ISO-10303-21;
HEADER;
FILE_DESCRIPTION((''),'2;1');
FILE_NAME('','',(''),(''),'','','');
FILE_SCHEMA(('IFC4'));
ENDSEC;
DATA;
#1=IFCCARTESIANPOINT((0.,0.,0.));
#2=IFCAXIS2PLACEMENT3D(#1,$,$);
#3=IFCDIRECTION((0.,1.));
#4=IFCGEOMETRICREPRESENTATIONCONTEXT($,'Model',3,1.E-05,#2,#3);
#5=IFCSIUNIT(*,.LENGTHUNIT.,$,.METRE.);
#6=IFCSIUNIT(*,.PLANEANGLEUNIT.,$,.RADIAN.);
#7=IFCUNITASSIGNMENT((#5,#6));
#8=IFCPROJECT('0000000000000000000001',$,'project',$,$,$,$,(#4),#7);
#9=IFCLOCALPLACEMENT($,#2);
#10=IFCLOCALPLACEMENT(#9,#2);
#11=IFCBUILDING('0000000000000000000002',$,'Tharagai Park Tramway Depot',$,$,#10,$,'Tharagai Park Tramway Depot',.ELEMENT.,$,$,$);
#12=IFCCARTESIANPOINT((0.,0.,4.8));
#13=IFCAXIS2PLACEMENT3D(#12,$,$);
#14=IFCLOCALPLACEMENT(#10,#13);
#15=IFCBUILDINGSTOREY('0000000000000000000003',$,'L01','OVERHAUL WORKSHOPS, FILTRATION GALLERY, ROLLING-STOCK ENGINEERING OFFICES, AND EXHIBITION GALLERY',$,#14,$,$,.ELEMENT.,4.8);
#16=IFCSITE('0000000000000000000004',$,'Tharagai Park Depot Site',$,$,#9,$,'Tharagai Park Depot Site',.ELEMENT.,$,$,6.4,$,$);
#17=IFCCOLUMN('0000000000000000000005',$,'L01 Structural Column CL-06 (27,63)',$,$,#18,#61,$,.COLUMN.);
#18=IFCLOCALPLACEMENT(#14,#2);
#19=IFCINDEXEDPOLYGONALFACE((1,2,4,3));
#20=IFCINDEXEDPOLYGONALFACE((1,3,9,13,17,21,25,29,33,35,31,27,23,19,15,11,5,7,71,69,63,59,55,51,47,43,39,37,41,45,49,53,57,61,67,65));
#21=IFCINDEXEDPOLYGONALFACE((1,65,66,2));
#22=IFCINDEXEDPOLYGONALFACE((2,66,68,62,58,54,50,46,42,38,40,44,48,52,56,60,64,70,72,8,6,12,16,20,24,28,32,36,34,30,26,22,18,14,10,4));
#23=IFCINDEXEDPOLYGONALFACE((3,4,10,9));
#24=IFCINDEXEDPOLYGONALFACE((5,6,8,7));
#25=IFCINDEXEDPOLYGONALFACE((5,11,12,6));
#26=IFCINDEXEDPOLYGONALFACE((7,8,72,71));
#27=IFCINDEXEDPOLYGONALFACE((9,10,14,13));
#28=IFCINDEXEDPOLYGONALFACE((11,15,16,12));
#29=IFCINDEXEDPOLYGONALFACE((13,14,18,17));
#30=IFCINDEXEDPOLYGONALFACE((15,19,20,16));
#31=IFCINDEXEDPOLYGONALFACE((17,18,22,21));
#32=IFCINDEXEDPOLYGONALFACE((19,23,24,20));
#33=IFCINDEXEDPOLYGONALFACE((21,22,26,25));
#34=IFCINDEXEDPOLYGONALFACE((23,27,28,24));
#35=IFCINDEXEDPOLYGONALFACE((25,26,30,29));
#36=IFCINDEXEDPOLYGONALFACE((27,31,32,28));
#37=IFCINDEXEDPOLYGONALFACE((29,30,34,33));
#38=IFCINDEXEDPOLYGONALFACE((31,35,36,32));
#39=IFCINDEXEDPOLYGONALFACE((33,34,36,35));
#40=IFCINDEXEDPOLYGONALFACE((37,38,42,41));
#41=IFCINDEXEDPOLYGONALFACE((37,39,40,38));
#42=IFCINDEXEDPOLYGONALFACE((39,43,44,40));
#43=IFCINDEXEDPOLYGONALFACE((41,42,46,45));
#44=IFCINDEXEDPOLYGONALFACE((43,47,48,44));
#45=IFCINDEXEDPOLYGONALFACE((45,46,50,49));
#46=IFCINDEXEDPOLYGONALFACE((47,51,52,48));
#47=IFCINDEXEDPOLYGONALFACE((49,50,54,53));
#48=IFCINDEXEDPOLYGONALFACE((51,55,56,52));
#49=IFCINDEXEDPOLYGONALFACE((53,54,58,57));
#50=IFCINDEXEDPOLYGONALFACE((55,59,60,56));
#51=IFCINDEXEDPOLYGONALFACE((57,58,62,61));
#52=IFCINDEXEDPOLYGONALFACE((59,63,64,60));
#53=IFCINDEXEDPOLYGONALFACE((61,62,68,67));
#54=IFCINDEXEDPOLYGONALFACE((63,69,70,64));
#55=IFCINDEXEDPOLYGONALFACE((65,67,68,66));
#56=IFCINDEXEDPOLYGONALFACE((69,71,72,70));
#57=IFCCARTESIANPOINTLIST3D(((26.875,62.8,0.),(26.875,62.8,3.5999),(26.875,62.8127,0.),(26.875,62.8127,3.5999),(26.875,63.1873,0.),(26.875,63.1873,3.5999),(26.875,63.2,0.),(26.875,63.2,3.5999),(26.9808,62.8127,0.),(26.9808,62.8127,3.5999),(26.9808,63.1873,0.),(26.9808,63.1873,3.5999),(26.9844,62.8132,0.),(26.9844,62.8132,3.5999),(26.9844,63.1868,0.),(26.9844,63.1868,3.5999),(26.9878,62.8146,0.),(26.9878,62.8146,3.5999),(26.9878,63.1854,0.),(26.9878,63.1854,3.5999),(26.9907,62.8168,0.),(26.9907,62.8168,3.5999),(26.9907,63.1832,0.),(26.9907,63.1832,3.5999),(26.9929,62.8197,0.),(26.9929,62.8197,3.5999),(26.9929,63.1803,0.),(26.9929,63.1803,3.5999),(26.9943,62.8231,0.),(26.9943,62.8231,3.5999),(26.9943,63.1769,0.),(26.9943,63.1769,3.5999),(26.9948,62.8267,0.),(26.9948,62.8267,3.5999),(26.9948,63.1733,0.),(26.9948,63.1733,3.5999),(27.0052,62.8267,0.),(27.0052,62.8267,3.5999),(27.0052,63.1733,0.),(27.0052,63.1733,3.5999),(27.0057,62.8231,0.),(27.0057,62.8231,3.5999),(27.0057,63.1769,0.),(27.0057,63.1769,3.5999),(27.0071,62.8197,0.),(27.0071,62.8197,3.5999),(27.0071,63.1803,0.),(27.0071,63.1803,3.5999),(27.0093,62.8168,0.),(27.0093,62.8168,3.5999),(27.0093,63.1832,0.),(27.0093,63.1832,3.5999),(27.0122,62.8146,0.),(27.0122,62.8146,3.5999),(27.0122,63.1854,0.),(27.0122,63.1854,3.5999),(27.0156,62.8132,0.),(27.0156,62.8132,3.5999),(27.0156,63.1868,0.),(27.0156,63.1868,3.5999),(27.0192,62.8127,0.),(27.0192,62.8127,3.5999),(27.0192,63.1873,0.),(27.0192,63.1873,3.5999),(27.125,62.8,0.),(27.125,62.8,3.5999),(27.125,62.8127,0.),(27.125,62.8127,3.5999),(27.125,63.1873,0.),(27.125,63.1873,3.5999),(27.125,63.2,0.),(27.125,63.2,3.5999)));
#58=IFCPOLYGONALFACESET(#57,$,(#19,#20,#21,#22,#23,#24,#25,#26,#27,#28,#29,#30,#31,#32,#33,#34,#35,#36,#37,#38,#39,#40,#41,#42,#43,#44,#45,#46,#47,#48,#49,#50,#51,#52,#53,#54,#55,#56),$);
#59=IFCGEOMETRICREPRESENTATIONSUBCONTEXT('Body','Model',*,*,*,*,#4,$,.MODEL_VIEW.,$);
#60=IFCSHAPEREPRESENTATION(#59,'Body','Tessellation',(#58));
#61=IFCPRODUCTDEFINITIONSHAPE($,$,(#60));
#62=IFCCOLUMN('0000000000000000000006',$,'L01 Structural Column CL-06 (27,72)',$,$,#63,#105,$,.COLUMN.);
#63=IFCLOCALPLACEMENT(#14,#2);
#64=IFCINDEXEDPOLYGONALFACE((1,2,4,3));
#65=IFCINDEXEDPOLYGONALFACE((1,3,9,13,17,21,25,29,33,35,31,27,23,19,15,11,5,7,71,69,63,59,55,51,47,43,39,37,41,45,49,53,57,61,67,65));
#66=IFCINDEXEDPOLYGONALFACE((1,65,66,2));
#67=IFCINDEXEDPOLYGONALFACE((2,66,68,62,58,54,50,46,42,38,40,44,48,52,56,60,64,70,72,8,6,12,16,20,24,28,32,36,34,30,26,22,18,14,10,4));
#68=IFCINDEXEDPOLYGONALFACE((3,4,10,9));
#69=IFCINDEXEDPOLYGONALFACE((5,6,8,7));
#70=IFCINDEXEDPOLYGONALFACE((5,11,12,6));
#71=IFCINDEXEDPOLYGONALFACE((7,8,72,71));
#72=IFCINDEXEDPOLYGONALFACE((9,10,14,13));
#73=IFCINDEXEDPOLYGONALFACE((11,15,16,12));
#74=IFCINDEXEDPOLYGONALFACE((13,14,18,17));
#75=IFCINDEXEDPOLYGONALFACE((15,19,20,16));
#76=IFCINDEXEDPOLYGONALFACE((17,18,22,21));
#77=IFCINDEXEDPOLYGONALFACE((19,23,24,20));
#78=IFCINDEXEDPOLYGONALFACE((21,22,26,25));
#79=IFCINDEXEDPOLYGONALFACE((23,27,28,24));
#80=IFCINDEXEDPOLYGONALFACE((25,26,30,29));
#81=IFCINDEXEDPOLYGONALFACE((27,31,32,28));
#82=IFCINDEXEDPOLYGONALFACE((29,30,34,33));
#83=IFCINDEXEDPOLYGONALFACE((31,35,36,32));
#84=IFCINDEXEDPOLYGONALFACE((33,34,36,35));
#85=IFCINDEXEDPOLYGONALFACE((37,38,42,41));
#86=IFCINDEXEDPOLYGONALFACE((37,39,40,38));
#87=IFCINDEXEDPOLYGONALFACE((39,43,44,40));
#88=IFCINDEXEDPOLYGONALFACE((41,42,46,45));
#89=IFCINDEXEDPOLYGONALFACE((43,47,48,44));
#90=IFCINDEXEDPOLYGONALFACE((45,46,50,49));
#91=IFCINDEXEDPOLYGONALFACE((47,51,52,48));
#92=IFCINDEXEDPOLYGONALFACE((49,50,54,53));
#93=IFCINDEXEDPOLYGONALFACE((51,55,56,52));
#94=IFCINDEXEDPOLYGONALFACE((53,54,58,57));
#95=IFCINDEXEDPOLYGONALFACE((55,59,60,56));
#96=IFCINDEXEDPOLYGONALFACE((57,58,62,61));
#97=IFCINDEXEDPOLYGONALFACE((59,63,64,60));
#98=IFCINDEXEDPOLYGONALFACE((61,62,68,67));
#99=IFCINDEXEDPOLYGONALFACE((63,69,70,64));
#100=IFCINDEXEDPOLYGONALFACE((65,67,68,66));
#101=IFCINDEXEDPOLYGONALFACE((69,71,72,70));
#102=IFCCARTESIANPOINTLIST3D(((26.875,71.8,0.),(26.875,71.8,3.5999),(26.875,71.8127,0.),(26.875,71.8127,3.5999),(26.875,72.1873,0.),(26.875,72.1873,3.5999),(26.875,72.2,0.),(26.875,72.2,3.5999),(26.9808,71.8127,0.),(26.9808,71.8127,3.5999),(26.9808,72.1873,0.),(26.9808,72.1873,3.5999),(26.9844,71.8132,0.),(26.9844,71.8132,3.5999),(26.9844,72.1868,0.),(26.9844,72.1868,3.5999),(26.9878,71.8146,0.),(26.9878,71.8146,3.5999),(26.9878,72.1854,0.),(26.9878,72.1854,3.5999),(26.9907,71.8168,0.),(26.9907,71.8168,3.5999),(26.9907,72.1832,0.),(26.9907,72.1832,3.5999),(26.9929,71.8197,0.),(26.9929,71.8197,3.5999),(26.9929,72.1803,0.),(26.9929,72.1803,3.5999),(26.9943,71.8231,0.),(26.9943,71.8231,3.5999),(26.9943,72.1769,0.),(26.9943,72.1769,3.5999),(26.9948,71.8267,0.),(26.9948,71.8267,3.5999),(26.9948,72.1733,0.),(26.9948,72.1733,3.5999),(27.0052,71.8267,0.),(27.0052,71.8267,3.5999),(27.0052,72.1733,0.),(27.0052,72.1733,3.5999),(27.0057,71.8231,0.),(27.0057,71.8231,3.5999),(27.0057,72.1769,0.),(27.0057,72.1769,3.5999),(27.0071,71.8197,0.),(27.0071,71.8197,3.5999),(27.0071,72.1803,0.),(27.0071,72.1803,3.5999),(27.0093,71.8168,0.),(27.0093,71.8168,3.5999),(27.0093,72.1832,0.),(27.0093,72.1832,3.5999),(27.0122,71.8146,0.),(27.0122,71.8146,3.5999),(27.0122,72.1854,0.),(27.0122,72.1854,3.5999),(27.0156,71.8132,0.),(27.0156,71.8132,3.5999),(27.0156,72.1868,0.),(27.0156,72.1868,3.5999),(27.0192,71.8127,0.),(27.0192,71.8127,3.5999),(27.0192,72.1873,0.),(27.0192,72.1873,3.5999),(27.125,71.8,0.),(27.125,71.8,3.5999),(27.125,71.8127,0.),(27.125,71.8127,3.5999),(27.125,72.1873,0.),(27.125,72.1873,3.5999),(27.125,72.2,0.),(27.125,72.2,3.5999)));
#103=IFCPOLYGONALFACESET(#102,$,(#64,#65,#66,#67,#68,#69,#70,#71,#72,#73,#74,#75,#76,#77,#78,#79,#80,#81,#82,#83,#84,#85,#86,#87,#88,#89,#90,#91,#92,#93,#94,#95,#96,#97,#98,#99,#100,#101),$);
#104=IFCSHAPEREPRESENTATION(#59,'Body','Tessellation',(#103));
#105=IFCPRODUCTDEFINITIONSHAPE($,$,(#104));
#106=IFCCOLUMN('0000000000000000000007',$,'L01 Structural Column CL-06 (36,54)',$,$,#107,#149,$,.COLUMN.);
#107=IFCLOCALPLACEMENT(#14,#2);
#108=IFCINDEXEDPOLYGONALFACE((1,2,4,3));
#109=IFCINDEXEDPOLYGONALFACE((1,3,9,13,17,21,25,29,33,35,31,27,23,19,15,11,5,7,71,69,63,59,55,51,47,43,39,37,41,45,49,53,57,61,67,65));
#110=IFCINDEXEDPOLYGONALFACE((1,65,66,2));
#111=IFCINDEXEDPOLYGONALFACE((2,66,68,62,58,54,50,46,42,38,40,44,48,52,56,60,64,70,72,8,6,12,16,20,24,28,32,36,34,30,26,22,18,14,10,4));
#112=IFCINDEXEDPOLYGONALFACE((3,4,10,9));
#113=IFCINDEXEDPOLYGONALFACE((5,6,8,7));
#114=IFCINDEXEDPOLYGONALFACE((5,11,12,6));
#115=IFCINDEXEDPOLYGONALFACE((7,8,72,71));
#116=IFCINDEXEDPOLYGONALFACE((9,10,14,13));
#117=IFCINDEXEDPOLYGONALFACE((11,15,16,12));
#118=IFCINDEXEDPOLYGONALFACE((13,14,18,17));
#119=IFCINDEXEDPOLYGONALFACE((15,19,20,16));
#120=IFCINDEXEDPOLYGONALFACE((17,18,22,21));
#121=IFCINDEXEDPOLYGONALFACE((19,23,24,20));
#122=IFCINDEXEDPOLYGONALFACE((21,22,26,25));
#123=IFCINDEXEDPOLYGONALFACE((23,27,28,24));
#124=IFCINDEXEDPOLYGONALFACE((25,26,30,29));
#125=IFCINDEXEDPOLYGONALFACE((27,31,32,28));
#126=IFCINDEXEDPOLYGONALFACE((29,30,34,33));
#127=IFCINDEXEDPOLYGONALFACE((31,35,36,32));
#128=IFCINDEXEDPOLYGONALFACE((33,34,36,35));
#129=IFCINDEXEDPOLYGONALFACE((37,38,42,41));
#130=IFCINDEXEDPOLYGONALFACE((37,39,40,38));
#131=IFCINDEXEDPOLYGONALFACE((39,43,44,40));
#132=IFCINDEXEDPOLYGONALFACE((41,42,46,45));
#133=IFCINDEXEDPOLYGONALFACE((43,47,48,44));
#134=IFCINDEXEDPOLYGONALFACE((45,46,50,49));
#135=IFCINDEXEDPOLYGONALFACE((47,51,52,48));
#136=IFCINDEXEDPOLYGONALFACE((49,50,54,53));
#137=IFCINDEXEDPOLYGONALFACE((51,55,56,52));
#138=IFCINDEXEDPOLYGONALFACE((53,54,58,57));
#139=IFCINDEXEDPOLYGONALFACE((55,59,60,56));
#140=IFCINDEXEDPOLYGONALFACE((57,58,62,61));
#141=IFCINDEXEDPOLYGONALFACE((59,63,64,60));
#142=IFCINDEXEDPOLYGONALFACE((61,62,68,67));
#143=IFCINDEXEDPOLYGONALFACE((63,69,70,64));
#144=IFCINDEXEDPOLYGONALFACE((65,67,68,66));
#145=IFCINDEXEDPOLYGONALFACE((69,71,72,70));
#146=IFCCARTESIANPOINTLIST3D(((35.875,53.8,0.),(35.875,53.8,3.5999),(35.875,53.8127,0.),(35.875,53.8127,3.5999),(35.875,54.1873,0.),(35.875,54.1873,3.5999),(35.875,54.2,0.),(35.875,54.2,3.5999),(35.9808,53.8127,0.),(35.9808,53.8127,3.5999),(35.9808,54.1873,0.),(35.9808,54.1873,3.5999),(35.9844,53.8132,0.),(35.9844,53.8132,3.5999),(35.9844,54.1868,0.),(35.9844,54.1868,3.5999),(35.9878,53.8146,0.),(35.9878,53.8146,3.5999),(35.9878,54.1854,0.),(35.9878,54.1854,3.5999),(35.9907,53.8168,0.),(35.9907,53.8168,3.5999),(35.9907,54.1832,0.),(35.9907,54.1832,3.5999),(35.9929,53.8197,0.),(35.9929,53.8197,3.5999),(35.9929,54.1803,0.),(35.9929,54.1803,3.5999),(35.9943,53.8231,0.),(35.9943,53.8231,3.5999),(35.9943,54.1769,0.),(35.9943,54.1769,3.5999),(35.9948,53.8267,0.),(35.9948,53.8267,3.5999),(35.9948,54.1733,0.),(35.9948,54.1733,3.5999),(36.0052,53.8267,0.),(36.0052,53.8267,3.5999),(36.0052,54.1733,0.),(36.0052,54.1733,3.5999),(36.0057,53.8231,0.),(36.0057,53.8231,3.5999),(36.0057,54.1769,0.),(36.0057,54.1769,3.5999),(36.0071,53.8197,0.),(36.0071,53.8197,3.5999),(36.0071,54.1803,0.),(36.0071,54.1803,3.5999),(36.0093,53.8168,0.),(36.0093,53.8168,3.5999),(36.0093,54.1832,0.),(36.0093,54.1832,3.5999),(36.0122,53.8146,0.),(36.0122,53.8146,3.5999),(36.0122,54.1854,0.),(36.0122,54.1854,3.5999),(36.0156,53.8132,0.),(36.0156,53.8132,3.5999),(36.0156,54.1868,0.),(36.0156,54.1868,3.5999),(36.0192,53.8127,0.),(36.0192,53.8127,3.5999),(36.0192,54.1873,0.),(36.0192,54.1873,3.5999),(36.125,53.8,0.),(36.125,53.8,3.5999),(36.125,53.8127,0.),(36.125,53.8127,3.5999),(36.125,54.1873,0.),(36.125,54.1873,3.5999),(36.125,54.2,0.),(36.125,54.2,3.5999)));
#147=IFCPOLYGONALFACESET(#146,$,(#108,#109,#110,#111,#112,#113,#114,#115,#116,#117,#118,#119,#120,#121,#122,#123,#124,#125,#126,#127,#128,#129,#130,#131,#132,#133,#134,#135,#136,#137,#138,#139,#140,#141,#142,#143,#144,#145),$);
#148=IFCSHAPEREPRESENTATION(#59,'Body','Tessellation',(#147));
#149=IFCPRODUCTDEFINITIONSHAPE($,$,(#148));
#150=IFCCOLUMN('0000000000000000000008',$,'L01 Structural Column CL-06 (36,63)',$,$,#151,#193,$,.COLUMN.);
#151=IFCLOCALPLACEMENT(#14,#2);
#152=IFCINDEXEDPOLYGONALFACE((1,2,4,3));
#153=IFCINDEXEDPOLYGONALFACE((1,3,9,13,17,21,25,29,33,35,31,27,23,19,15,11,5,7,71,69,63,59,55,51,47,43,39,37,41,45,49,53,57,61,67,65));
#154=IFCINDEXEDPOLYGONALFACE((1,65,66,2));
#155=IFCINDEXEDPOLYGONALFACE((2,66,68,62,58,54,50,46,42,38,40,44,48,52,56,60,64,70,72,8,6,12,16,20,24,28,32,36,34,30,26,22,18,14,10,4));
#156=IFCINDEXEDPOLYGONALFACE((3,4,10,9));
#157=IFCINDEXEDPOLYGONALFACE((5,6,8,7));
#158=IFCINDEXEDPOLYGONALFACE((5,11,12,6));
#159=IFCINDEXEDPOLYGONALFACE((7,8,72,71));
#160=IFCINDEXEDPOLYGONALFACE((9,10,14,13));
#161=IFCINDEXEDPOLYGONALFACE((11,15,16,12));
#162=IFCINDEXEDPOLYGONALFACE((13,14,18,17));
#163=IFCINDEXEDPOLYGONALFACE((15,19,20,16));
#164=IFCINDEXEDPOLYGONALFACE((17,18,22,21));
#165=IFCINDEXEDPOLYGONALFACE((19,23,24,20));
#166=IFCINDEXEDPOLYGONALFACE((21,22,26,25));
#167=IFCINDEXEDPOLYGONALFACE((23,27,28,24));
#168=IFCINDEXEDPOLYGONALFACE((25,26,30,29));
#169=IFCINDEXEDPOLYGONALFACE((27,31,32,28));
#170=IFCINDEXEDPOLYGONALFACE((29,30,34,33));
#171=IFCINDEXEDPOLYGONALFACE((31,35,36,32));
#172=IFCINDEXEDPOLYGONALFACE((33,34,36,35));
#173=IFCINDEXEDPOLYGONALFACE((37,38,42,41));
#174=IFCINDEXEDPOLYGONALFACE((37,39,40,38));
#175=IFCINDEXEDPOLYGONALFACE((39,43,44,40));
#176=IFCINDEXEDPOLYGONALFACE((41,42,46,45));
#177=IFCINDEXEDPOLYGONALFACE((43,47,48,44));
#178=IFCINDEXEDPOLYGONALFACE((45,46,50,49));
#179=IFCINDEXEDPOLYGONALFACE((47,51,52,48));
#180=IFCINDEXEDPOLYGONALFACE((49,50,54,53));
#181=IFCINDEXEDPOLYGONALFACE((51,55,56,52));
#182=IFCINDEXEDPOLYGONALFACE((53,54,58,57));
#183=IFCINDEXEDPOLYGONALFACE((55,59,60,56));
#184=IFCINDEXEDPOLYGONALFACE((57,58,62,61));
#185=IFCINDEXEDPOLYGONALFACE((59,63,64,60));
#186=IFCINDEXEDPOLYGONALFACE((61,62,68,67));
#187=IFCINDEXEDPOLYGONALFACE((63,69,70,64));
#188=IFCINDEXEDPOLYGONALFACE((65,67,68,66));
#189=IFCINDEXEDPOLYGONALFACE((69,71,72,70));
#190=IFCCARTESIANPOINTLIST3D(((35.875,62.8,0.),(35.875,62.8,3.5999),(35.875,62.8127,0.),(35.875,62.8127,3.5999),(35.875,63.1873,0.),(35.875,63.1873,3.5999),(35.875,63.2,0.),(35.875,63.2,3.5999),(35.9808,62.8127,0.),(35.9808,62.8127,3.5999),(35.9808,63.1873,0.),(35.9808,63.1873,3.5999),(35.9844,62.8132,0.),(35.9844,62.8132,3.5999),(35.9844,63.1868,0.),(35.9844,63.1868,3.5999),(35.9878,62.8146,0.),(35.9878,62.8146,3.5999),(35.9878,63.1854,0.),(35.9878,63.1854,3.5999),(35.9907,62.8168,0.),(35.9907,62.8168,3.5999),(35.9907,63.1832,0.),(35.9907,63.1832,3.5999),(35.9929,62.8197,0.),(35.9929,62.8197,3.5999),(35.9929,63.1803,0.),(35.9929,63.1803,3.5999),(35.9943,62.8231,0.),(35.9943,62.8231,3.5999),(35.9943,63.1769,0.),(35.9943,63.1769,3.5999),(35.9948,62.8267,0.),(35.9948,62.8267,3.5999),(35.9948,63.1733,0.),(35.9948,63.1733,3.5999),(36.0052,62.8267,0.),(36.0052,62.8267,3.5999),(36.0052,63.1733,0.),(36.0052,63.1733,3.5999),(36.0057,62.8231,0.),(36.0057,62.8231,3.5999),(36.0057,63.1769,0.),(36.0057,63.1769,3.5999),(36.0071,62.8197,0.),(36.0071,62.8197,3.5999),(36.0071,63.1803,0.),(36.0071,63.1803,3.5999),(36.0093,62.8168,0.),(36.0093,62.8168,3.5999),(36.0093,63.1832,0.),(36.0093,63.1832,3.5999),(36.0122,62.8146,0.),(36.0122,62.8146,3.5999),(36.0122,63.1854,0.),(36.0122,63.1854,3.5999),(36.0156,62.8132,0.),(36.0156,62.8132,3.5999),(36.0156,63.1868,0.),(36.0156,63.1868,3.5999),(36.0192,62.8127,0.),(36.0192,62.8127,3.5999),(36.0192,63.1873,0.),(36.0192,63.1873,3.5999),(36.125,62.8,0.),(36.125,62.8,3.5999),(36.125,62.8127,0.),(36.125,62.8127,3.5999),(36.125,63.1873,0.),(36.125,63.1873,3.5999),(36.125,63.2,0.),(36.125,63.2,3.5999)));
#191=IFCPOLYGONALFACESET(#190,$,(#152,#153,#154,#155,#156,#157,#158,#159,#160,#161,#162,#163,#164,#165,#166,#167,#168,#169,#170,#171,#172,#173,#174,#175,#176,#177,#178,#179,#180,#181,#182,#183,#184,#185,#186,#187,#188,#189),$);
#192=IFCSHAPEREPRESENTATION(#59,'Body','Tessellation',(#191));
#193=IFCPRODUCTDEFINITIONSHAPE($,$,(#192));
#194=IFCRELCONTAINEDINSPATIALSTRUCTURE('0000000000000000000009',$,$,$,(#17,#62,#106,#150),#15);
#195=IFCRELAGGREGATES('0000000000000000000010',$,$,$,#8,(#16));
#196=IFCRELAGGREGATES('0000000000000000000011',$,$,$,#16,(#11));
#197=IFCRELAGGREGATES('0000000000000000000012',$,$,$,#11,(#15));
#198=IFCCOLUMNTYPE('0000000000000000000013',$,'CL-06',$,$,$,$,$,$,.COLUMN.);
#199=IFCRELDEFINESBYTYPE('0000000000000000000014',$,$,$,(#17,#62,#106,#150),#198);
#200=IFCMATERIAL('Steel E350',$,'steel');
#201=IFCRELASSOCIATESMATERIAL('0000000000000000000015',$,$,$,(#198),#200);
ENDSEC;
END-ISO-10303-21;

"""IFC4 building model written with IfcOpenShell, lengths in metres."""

from ifc_helpers import new_model, si_unit, direction, frame, origin, origin_2d, place, context, subcontext, project, spatial, i_section, extrude, material, material_profile, profile_set, type_object, element, save


model = new_model("IFC4")

# Units and contexts
model_context = context("Model", 3, precision=1e-05, world=origin(), true_north=direction((0.0, 1.0)))
body_context = subcontext(model_context, "Body", "Model", "MODEL_VIEW")
ifc_project = project(units=[si_unit("LENGTHUNIT", "METRE"), si_unit("PLANEANGLEUNIT", "RADIAN")], contexts=[model_context])

# Site, building, storey
site_placement = place(None, origin())
site = spatial("IfcSite", under=ifc_project, at=site_placement, Name="Tharagai Park Depot Site", LongName="Tharagai Park Depot Site", CompositionType="ELEMENT", RefElevation=6.4)
building_placement = place(site_placement, origin())
building = spatial("IfcBuilding", under=site, at=building_placement, Name="Tharagai Park Tramway Depot", LongName="Tharagai Park Tramway Depot", CompositionType="ELEMENT")
storey_placement = place(building_placement, frame((0.0, 0.0, 4.8)))
storey = spatial("IfcBuildingStorey", under=building, at=storey_placement, Name="L01", Description="OVERHAUL WORKSHOPS, FILTRATION GALLERY, ROLLING-STOCK ENGINEERING OFFICES, AND EXHIBITION GALLERY", CompositionType="ELEMENT", Elevation=4.8)

# Columns
ifc_material_1 = material(Name="Steel E350", Category="steel")
ifc_material_profile_1 = material_profile(ifc_material_1, i_section(OverallWidth=0.25, OverallDepth=0.3999, WebThickness=0.0105, FlangeThickness=0.0127, FilletRadius=0.0139, at=origin_2d()), Name="ISHB 400")
ifc_profile_set_1 = profile_set([ifc_material_profile_1], Name="Steel E350")
column_type = type_object("IfcColumnType", Name="CL-06", PredefinedType="COLUMN", material=ifc_profile_set_1)
for number, where, z_axis, x_axis, name in (
    (1, (27.0, 63.0, 0.0), (0.0, 0.0, 1.0), (1.0, 0.0, 0.0), "L01 Structural Column CL-06 (27,63)"),
    (2, (27.0, 72.0, 0.0), (0.0, 0.0, 1.0), (1.0, 0.0, 0.0), "L01 Structural Column CL-06 (27,72)"),
    (3, (36.0, 54.0, 0.0), (0.0, 0.0, 1.0), (1.0, 0.0, 0.0), "L01 Structural Column CL-06 (36,54)"),
    (4, (36.0, 63.0, 0.0), (0.0, 0.0, 1.0), (1.0, 0.0, 0.0), "L01 Structural Column CL-06 (36,63)"),
):
    element("IfcColumn", number, at=place(storey_placement, frame(where, z_axis=z_axis, x_axis=x_axis)), inside=storey, type_object=column_type, Name=name, PredefinedType="COLUMN", context=body_context, shape_type="SweptSolid", body=[
        extrude(i_section(OverallWidth=0.25, OverallDepth=0.3999, WebThickness=0.0105, FlangeThickness=0.0127, FilletRadius=0.0139, at=origin_2d()), origin(), (0.0, 0.0, 1.0), 3.5999),
    ])

save(model, "model.ifc")
